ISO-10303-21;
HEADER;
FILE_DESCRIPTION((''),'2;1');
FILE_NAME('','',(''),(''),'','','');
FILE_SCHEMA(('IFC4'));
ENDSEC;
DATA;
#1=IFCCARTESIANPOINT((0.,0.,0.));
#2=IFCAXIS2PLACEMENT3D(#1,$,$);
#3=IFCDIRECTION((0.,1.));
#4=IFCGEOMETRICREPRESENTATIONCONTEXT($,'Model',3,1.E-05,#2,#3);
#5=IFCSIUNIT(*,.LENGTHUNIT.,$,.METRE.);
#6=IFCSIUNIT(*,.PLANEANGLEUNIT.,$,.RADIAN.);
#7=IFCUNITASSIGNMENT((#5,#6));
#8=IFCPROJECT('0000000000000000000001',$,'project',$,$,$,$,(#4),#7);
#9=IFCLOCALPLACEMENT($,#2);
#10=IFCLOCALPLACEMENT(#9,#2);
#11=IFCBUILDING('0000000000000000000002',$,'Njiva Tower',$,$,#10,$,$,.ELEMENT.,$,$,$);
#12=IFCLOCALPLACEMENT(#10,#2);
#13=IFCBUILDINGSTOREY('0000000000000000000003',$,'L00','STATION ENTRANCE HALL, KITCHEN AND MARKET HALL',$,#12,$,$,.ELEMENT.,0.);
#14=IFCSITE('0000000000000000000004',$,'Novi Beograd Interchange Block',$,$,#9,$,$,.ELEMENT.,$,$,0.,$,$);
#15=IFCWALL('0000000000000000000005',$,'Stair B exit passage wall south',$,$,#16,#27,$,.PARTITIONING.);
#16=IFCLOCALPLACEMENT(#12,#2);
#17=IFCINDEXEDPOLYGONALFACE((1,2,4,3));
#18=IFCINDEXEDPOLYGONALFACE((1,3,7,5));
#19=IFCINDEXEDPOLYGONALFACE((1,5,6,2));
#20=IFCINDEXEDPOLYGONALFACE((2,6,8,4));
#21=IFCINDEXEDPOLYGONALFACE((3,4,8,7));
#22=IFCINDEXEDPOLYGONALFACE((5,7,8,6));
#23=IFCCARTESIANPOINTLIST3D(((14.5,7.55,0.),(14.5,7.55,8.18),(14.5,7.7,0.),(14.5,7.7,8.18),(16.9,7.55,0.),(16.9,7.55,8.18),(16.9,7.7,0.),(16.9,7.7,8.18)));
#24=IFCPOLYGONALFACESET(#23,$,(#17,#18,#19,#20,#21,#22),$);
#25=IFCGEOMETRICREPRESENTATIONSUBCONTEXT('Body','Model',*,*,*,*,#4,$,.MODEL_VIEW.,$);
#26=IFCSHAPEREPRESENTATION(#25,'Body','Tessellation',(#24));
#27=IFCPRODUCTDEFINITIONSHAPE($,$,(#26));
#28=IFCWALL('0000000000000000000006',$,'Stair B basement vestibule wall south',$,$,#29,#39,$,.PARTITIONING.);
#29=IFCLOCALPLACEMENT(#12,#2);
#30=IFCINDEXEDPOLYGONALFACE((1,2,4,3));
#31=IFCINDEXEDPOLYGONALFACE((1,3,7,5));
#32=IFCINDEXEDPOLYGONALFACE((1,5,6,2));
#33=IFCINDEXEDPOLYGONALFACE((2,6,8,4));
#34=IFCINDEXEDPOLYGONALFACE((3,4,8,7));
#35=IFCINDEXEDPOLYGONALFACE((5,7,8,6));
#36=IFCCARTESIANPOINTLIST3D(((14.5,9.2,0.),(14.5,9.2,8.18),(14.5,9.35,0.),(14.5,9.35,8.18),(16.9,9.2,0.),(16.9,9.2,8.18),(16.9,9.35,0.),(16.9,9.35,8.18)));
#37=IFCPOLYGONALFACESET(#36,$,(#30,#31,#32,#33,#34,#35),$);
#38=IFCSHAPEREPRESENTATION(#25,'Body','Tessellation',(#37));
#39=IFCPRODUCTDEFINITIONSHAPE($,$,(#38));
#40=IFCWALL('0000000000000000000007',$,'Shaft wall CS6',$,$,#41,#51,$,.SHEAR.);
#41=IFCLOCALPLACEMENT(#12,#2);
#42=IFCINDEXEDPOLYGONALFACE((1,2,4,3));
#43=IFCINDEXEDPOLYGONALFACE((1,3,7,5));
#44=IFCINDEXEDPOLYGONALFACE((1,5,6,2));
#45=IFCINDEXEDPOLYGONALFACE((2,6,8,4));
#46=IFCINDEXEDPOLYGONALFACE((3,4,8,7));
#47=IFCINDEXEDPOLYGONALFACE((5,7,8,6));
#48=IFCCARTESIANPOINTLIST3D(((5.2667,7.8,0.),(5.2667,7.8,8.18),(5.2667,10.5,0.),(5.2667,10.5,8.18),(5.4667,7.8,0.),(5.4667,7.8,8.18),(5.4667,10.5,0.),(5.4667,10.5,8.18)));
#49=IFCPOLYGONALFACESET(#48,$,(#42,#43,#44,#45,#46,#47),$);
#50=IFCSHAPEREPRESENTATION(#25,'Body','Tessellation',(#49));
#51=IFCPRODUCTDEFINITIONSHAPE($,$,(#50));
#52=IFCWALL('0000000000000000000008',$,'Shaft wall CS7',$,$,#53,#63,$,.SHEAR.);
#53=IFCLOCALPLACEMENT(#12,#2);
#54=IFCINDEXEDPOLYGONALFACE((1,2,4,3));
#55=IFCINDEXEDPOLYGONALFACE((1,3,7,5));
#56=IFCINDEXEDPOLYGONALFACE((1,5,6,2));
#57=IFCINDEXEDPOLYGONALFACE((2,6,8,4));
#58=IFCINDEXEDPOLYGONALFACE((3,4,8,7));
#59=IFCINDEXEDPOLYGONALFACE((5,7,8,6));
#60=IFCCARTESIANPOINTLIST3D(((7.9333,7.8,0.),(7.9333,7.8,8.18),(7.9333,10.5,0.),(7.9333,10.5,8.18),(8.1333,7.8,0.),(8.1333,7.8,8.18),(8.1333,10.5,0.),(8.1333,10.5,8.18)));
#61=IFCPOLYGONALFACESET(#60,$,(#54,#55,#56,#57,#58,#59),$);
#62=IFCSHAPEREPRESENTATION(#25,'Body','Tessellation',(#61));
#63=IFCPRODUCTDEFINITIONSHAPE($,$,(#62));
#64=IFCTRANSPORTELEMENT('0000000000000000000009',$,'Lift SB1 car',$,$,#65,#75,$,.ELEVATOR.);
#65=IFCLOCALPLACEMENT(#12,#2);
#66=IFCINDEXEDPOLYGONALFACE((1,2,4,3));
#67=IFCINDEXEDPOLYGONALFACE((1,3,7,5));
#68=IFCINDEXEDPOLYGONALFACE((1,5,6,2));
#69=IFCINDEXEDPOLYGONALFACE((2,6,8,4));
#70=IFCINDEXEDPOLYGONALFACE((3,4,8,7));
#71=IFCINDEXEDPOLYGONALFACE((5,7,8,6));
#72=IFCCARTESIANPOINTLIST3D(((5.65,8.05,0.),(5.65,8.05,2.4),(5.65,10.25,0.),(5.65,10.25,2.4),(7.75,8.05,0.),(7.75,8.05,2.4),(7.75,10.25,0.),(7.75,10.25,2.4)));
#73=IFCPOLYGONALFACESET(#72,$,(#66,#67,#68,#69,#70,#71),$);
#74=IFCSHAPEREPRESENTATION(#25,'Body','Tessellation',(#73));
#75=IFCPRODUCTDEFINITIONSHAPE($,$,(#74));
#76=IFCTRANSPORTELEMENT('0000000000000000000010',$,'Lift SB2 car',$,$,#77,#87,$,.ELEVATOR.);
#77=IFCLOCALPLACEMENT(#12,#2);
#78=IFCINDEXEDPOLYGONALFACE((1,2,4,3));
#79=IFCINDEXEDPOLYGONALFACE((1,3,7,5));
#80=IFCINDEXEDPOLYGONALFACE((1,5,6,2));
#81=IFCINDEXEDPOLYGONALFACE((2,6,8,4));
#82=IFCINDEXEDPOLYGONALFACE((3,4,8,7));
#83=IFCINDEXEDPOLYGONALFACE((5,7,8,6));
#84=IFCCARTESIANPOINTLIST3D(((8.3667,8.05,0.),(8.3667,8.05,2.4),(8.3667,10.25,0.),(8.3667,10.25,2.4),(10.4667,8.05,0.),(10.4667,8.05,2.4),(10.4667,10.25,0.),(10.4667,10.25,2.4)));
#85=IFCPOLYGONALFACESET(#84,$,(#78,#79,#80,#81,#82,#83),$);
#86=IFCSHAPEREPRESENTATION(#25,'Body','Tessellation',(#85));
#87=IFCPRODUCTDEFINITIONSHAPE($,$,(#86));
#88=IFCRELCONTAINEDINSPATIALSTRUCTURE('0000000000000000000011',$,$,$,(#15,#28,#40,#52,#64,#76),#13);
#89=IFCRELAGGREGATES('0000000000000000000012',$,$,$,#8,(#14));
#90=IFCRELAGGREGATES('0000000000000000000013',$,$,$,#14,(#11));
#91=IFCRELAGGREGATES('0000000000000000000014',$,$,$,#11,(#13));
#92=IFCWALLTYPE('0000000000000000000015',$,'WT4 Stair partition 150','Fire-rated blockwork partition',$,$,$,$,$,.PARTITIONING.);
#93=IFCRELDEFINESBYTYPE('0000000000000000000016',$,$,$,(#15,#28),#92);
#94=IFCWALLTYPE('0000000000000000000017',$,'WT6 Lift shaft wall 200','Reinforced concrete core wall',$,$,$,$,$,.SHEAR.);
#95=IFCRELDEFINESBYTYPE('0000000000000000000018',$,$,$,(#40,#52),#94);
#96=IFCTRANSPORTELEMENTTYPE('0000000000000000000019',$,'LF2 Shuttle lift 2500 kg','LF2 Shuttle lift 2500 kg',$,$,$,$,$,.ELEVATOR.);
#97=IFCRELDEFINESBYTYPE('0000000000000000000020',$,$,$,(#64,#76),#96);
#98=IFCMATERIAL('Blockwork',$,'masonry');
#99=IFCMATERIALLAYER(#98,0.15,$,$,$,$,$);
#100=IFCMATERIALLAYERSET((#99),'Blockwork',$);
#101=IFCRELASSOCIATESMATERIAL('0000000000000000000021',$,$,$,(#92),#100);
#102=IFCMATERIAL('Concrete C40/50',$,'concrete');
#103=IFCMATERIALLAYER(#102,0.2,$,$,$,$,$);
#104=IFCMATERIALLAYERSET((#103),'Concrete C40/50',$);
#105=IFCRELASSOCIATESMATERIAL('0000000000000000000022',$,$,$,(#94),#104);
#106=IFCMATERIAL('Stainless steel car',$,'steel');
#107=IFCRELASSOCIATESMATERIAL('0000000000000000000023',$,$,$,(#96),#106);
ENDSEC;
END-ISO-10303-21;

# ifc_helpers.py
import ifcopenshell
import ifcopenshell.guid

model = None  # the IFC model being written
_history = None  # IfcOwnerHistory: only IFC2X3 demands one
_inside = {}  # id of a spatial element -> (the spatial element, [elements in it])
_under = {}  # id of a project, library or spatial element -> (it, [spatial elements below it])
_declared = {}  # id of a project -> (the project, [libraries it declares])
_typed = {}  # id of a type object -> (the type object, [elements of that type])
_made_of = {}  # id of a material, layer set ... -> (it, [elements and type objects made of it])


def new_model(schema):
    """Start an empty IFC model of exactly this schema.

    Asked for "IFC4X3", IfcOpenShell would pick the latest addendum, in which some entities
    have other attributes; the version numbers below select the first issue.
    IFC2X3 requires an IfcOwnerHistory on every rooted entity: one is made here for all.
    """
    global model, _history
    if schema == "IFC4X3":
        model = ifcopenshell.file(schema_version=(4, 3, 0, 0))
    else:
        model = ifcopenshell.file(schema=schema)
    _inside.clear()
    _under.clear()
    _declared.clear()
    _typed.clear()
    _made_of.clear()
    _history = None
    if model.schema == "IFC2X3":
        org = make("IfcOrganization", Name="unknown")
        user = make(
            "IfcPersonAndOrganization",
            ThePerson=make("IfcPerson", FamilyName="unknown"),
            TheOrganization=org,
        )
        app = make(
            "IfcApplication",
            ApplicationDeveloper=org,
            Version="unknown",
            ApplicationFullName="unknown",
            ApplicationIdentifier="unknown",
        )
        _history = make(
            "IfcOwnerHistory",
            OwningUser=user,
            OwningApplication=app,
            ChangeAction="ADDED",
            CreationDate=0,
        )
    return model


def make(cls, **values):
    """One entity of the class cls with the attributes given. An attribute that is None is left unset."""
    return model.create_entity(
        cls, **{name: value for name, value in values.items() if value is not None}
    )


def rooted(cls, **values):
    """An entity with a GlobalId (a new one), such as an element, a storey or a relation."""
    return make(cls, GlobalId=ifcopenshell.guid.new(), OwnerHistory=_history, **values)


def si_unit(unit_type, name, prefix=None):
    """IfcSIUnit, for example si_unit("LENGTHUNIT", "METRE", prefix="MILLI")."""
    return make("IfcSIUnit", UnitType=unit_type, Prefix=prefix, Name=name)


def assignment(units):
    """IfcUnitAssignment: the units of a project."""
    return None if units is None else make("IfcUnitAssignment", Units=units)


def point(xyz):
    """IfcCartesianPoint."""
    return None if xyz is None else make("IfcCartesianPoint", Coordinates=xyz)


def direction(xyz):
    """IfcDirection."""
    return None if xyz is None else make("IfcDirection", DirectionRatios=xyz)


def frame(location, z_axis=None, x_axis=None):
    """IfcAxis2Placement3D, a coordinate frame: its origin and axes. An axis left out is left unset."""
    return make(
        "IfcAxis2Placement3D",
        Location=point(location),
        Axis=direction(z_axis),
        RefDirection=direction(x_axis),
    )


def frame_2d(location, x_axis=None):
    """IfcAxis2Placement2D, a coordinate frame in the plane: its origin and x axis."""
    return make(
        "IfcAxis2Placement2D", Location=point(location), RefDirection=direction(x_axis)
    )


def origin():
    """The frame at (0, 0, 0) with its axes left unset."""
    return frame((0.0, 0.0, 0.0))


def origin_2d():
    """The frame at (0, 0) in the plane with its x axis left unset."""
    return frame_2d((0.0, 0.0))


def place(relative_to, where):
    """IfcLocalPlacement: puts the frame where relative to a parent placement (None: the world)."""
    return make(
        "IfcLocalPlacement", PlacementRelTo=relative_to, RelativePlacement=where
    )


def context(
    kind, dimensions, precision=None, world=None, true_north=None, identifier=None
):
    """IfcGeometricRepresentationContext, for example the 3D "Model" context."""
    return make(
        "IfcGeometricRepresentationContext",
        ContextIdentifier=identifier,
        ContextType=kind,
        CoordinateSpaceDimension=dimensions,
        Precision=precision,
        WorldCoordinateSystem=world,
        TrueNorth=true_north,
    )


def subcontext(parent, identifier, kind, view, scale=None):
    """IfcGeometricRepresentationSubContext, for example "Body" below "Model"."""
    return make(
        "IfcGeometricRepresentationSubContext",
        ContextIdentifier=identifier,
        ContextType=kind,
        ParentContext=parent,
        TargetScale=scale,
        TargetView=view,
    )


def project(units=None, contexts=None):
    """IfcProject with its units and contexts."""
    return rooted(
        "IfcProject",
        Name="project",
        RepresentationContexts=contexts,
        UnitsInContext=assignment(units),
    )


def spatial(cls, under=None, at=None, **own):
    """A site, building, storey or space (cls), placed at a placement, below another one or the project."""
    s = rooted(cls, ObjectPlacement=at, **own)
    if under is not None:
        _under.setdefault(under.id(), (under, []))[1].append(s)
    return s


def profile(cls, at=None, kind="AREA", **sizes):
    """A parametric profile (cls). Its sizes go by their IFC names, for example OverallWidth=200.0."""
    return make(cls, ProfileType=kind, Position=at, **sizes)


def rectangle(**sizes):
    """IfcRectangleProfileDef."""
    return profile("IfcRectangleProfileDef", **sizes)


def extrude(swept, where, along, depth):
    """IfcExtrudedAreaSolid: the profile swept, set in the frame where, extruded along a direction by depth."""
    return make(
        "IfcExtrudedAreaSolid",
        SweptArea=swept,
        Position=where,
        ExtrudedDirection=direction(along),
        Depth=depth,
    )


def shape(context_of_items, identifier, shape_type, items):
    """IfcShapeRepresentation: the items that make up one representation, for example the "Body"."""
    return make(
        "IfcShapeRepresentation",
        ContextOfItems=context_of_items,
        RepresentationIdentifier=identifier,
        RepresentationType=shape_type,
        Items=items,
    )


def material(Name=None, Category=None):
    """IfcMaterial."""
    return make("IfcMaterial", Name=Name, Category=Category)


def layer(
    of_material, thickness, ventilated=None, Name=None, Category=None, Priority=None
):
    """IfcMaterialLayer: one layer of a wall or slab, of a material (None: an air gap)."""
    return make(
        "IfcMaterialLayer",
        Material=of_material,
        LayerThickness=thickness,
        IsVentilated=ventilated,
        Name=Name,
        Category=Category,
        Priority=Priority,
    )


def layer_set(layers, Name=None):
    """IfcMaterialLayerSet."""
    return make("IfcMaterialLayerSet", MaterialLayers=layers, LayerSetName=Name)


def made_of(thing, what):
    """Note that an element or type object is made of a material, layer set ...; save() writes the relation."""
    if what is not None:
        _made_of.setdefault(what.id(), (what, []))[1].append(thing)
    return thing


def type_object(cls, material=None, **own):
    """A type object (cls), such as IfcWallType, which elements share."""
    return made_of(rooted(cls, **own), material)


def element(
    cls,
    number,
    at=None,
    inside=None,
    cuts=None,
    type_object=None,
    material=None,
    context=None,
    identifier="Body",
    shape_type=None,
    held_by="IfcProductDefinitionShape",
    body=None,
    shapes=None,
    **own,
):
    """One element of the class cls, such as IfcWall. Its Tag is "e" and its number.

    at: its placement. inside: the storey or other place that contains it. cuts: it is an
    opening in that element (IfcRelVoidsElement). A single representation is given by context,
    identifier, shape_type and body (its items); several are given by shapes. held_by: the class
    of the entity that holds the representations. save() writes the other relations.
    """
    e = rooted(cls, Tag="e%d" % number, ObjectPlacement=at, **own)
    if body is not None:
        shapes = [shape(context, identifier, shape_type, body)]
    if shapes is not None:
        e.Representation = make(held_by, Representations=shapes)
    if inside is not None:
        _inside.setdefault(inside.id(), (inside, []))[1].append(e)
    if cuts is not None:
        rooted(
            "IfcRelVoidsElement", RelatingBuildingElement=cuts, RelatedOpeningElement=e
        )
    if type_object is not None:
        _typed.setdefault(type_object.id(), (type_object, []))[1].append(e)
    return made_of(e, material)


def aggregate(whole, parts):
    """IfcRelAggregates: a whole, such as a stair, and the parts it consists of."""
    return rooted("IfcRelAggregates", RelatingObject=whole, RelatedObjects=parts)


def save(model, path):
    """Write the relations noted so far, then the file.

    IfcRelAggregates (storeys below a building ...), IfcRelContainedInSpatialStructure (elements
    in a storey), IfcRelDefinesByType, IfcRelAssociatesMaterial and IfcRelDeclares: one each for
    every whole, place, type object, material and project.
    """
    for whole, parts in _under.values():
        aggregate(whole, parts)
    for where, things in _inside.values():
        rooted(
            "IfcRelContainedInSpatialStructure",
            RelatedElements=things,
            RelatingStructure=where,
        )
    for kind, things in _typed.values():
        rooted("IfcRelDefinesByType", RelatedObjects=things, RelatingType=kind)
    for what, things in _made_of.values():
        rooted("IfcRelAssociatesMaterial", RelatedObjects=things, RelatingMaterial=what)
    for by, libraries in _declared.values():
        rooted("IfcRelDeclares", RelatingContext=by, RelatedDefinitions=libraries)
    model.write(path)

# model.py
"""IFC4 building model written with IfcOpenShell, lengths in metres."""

from ifc_helpers import new_model, si_unit, direction, frame, frame_2d, origin, origin_2d, place, context, subcontext, project, spatial, rectangle, extrude, material, layer, layer_set, type_object, element, save


model = new_model("IFC4")

# Units and contexts
model_context = context("Model", 3, precision=1e-05, world=origin(), true_north=direction((0.0, 1.0)))
body_context = subcontext(model_context, "Body", "Model", "MODEL_VIEW")
ifc_project = project(units=[si_unit("LENGTHUNIT", "METRE"), si_unit("PLANEANGLEUNIT", "RADIAN")], contexts=[model_context])

# Site, building, storey
site_placement = place(None, origin())
site = spatial("IfcSite", under=ifc_project, at=site_placement, Name="Novi Beograd Interchange Block", CompositionType="ELEMENT", RefElevation=0.0)
building_placement = place(site_placement, origin())
building = spatial("IfcBuilding", under=site, at=building_placement, Name="Njiva Tower", CompositionType="ELEMENT")
storey_placement = place(building_placement, origin())
storey = spatial("IfcBuildingStorey", under=building, at=storey_placement, Name="L00", Description="STATION ENTRANCE HALL, KITCHEN AND MARKET HALL", CompositionType="ELEMENT", Elevation=0.0)

# Shared definitions
ifc_material_1 = material(Name="Blockwork", Category="masonry")

# Shared definitions
ifc_material_2 = material(Name="Concrete C40/50", Category="concrete")

# Walls
ifc_layer_1 = layer(ifc_material_1, 0.15)
ifc_layer_set_1 = layer_set([ifc_layer_1], Name="Blockwork")
wall_type_1 = type_object("IfcWallType", Name="WT4 Stair partition 150", Description="Fire-rated blockwork partition", PredefinedType="PARTITIONING", material=ifc_layer_set_1)
for number, where, z_axis, x_axis, name in (
    (1, (14.5, 7.625, 0.0), (0.0, 0.0, 1.0), (1.0, 0.0, 0.0), "Stair B exit passage wall south"),
    (2, (14.5, 9.275, 0.0), (0.0, 0.0, 1.0), (1.0, 0.0, 0.0), "Stair B basement vestibule wall south"),
):
    element("IfcWall", number, at=place(storey_placement, frame(where, z_axis=z_axis, x_axis=x_axis)), inside=storey, type_object=wall_type_1, Name=name, PredefinedType="PARTITIONING", context=body_context, shape_type="SweptSolid", body=[
        extrude(rectangle(XDim=2.4, YDim=0.15, at=frame_2d((1.2, 0.0))), origin(), (0.0, 0.0, 1.0), 8.18),
    ])
ifc_layer_2 = layer(ifc_material_2, 0.2)
ifc_layer_set_2 = layer_set([ifc_layer_2], Name="Concrete C40/50")
wall_type_2 = type_object("IfcWallType", Name="WT6 Lift shaft wall 200", Description="Reinforced concrete core wall", PredefinedType="SHEAR", material=ifc_layer_set_2)
for number, where, z_axis, x_axis, name in (
    (3, (5.3667, 7.8, 0.0), (0.0, 0.0, 1.0), (0.0, 1.0, 0.0), "Shaft wall CS6"),
    (4, (8.0333, 7.8, 0.0), (0.0, 0.0, 1.0), (0.0, 1.0, 0.0), "Shaft wall CS7"),
):
    element("IfcWall", number, at=place(storey_placement, frame(where, z_axis=z_axis, x_axis=x_axis)), inside=storey, type_object=wall_type_2, Name=name, PredefinedType="SHEAR", context=body_context, shape_type="SweptSolid", body=[
        extrude(rectangle(XDim=2.7, YDim=0.2, at=frame_2d((1.35, 0.0))), origin(), (0.0, 0.0, 1.0), 8.18),
    ])

# Transport elements
ifc_material_3 = material(Name="Stainless steel car", Category="steel")
transport_element_type = type_object("IfcTransportElementType", Name="LF2 Shuttle lift 2500 kg", Description="LF2 Shuttle lift 2500 kg", PredefinedType="ELEVATOR", material=ifc_material_3)
for number, where, z_axis, x_axis, name in (
    (5, (6.7, 9.15, 0.0), (0.0, 0.0, 1.0), (1.0, 0.0, 0.0), "Lift SB1 car"),
    (6, (9.4167, 9.15, 0.0), (0.0, 0.0, 1.0), (1.0, 0.0, 0.0), "Lift SB2 car"),
):
    element("IfcTransportElement", number, at=place(storey_placement, frame(where, z_axis=z_axis, x_axis=x_axis)), inside=storey, type_object=transport_element_type, Name=name, PredefinedType="ELEVATOR", context=body_context, shape_type="SweptSolid", body=[
        extrude(rectangle(XDim=2.1, YDim=2.2, at=origin_2d()), origin(), (0.0, 0.0, 1.0), 2.4),
    ])

save(model, "model.ifc")
